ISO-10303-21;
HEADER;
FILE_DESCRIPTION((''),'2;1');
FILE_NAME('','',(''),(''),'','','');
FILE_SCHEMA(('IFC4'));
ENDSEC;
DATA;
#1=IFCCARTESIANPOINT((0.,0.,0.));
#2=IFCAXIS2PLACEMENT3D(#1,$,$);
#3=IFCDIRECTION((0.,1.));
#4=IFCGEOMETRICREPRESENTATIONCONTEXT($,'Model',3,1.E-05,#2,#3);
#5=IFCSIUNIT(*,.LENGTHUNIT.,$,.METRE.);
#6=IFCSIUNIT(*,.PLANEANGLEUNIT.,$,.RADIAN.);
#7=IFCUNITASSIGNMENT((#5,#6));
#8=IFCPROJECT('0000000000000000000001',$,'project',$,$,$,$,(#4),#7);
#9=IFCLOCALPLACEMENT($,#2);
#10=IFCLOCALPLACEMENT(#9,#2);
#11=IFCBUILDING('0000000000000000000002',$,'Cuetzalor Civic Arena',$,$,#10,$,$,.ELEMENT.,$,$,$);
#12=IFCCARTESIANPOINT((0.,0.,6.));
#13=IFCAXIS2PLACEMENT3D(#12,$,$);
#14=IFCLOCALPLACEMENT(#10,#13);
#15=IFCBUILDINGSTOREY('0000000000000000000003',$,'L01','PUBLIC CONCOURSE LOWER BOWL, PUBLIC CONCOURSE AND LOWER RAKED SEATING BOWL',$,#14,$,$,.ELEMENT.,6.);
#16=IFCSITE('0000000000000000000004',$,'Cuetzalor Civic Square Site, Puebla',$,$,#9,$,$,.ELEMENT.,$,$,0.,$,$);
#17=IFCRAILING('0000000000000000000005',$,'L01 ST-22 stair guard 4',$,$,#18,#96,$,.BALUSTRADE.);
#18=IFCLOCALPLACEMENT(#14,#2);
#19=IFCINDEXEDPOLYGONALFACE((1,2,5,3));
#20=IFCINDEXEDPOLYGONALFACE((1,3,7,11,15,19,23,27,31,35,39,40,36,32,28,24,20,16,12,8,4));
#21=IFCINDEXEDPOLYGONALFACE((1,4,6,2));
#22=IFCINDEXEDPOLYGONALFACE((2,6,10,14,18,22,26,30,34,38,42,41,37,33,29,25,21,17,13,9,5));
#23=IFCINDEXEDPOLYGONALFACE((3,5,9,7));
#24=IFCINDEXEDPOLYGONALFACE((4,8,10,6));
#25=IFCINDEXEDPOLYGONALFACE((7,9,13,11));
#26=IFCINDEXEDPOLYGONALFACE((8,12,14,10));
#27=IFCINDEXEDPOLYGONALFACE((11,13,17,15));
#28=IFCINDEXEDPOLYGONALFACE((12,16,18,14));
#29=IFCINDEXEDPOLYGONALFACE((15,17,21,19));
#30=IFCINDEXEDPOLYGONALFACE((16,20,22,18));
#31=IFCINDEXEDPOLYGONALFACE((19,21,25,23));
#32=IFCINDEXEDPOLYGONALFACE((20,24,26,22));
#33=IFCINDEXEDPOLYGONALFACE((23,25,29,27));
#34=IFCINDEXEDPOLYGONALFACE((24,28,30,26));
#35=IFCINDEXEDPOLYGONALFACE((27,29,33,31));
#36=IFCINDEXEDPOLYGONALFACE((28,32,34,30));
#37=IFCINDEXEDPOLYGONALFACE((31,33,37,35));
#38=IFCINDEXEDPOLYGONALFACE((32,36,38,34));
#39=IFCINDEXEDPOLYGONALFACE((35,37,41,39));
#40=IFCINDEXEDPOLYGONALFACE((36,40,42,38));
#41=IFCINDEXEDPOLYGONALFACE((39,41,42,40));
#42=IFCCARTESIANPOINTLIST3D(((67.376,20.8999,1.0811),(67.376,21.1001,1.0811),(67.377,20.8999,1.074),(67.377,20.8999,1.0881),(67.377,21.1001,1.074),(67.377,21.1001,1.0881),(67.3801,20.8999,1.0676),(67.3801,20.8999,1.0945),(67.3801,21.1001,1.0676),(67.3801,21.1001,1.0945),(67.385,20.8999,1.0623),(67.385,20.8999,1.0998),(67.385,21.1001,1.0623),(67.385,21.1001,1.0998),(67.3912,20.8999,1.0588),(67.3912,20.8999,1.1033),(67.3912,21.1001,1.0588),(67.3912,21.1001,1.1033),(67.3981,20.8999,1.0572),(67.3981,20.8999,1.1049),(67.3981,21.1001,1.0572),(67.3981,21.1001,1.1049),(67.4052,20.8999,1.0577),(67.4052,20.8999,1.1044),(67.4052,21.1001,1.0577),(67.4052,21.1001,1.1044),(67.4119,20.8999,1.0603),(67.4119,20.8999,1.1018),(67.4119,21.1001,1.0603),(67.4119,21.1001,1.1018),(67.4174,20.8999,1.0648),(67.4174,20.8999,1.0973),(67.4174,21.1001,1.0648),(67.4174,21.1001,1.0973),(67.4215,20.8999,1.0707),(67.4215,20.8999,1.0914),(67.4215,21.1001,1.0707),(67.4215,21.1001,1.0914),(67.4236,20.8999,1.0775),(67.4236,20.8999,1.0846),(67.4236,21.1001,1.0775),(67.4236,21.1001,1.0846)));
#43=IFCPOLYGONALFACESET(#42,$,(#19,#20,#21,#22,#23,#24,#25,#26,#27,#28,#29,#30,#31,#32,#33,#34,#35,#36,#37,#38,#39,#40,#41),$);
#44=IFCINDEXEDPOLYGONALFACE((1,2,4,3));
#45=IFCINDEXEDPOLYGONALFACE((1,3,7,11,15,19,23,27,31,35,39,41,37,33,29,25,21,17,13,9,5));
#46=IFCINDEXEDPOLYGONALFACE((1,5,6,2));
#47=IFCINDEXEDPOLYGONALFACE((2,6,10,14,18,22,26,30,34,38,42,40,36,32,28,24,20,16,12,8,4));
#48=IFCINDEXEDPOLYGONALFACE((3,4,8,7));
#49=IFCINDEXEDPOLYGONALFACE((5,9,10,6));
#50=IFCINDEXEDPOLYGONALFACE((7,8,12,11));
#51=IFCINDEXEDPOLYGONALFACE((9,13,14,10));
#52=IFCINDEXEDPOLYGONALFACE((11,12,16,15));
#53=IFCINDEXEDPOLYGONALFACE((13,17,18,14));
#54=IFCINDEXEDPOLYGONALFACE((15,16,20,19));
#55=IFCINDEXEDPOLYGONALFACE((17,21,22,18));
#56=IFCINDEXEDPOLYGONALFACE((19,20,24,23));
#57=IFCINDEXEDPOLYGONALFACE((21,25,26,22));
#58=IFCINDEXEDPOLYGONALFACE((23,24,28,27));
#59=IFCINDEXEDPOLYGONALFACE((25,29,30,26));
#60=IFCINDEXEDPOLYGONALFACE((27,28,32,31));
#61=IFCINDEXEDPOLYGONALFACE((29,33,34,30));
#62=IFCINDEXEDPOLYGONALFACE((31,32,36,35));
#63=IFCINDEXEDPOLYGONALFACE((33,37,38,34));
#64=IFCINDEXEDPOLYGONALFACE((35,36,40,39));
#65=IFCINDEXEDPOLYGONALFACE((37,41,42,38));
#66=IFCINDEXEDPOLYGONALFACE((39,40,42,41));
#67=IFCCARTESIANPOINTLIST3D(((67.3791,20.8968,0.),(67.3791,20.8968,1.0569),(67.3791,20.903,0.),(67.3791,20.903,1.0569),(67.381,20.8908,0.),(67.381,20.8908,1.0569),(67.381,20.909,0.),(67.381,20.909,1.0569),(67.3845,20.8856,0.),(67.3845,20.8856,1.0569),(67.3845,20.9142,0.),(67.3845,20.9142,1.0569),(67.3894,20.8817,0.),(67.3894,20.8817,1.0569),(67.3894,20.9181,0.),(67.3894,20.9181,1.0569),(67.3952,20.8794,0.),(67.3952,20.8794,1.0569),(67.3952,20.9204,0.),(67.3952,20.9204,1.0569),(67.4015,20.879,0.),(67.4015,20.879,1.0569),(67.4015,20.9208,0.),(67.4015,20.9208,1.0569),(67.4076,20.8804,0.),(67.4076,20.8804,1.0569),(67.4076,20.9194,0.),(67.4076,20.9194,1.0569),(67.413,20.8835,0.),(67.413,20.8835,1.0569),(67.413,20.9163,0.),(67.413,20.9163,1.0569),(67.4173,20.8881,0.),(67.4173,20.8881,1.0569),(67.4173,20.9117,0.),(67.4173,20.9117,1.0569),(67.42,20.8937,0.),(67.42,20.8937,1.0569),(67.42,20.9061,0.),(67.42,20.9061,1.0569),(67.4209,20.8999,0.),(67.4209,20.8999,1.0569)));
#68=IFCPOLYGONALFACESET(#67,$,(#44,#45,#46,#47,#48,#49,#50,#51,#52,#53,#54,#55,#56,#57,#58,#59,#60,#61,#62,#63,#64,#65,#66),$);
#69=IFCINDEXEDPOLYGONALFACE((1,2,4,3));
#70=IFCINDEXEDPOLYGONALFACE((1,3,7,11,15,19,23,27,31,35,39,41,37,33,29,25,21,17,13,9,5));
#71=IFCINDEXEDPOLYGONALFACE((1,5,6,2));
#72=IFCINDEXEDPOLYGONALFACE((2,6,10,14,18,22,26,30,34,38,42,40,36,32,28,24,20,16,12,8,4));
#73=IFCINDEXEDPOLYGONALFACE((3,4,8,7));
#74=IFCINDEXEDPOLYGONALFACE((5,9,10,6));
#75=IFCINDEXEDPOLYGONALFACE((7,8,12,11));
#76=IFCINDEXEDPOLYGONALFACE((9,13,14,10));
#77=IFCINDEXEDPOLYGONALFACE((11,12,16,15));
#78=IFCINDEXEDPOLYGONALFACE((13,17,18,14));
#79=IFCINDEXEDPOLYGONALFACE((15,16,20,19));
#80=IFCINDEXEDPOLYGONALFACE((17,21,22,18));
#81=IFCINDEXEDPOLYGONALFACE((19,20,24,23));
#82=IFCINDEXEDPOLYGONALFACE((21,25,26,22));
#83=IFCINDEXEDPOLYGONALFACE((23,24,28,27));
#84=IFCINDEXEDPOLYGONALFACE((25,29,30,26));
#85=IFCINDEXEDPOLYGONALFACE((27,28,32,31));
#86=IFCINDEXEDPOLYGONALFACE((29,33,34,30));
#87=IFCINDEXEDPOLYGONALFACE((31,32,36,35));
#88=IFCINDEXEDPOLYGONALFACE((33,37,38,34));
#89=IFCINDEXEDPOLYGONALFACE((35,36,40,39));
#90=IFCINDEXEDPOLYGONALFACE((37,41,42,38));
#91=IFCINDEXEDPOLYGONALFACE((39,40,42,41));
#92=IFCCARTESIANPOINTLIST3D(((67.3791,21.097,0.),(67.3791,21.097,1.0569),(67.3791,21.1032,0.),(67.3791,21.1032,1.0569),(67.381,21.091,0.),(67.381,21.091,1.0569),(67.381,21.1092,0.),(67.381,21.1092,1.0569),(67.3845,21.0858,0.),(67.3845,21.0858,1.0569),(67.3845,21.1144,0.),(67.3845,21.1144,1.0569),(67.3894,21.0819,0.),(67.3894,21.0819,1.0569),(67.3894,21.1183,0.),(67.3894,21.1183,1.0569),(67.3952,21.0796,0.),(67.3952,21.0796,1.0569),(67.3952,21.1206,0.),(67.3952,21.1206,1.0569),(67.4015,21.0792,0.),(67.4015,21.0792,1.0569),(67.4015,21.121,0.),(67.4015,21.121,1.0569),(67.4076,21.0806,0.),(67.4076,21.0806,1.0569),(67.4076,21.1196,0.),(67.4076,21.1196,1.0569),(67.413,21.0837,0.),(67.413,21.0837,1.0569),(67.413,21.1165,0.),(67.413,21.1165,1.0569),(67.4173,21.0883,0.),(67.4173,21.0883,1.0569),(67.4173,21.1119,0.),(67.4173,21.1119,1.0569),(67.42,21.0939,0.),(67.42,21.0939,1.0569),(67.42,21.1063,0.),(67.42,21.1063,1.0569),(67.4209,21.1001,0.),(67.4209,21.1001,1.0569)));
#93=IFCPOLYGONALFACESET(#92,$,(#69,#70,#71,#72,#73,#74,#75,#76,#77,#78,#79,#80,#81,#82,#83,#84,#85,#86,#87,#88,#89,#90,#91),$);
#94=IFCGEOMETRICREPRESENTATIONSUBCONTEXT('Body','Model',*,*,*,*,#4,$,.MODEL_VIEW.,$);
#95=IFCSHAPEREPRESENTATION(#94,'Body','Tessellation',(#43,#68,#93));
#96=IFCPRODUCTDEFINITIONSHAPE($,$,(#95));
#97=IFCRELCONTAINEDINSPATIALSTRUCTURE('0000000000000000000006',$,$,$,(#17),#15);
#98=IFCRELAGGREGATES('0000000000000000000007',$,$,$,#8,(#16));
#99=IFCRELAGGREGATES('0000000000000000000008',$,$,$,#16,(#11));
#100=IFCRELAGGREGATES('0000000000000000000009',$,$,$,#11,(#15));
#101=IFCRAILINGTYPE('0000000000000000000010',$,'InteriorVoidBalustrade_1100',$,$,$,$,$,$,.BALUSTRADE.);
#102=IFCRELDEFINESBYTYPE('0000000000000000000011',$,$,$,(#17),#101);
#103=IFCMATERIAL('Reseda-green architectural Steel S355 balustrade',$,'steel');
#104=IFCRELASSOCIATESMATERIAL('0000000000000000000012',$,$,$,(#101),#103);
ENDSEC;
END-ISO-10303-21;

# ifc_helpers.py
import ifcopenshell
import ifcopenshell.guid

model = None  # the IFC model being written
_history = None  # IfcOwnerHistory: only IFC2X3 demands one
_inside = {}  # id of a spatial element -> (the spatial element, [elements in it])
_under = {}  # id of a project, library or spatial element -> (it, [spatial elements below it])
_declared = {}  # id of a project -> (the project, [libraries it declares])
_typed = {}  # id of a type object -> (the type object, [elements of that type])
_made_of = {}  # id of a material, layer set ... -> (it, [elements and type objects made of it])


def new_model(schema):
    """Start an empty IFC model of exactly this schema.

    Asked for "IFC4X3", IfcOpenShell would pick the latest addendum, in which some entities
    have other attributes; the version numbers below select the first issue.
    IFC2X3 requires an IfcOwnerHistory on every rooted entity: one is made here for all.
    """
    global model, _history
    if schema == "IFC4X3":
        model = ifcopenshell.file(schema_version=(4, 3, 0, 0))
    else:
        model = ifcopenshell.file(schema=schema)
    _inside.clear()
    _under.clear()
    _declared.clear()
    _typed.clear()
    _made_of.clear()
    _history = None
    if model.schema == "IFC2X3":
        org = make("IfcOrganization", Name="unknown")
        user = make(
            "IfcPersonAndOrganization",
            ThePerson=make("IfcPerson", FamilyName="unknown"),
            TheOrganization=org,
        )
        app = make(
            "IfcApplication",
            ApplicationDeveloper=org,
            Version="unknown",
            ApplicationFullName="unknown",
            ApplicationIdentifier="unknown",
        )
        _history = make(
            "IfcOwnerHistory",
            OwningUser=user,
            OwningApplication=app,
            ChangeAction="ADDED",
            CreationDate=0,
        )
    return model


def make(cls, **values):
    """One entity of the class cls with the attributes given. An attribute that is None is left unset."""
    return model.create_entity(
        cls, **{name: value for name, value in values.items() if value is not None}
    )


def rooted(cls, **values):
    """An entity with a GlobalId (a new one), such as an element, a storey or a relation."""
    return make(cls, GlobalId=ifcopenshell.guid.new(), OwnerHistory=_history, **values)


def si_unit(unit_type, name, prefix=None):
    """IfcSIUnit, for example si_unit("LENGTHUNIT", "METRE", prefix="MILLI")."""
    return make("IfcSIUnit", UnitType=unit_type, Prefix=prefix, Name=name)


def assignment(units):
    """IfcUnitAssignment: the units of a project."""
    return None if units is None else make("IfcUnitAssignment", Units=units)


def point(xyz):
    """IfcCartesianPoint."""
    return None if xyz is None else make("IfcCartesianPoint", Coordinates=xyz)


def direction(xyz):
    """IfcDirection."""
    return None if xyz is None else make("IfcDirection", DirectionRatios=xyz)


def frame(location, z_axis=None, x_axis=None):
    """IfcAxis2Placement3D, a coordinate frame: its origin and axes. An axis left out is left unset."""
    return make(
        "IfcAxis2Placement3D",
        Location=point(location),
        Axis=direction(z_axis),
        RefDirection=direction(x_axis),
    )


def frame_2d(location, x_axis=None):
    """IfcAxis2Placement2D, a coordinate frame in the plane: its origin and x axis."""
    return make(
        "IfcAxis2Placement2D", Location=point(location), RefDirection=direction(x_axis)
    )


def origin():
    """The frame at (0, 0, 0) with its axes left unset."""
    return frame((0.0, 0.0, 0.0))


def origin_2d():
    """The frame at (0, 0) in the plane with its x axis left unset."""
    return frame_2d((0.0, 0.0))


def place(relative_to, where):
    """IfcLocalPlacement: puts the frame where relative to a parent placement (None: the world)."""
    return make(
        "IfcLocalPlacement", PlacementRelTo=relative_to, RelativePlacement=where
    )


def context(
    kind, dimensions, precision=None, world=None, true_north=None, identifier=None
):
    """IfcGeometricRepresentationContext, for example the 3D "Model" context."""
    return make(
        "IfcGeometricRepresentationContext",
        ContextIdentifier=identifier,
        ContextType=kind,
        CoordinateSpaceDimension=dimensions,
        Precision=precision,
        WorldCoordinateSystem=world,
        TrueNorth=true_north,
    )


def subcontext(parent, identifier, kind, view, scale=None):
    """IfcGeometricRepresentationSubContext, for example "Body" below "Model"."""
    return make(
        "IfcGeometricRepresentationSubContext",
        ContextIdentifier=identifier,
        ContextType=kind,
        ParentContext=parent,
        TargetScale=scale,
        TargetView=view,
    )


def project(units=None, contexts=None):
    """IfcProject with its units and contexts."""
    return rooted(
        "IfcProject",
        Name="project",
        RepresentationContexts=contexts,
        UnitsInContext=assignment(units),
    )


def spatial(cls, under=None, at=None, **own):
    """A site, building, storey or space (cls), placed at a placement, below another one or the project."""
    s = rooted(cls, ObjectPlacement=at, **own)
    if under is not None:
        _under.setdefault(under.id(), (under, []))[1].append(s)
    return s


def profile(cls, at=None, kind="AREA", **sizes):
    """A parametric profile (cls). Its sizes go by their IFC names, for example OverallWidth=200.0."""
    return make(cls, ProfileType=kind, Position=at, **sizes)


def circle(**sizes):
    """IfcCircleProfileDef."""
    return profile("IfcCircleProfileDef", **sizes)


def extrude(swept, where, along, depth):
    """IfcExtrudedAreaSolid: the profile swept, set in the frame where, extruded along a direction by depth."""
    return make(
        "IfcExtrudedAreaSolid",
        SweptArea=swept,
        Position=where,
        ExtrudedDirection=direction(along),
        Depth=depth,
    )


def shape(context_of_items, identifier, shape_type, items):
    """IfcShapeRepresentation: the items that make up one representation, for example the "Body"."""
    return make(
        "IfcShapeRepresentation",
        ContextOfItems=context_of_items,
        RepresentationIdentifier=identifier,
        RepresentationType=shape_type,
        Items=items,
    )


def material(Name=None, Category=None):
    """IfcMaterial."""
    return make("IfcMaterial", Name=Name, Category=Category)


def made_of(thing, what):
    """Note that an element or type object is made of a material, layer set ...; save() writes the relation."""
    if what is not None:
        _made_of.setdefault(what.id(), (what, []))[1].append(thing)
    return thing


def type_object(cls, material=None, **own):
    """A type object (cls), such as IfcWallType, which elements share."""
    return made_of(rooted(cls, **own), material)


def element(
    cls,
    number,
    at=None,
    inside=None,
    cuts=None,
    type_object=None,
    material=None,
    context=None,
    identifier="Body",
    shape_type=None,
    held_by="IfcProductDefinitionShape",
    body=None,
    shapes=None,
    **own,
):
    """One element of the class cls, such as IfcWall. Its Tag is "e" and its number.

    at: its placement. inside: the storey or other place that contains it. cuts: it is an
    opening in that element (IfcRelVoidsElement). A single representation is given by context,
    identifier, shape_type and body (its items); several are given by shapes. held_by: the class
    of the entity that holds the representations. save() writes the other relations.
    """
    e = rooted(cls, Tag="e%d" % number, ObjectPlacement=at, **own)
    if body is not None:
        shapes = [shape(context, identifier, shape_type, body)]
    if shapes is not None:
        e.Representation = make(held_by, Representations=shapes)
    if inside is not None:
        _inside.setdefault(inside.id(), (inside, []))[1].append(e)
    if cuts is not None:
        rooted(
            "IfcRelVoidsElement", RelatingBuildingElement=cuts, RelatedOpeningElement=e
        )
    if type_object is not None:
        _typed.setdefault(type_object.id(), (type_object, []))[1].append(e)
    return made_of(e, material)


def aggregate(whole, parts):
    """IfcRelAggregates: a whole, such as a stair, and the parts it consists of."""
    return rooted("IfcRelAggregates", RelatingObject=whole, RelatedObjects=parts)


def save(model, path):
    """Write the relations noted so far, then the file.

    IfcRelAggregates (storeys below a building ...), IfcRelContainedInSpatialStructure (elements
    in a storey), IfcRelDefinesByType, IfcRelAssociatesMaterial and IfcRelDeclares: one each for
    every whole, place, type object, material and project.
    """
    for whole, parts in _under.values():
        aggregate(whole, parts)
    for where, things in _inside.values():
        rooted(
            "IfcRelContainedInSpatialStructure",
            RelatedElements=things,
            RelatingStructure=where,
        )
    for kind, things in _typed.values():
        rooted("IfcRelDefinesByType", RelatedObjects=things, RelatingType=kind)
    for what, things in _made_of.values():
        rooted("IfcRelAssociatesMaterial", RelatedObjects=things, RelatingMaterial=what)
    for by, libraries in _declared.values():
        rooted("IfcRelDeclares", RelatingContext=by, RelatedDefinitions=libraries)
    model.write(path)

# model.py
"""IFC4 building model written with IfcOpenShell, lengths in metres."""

from ifc_helpers import new_model, si_unit, direction, frame, origin, origin_2d, place, context, subcontext, project, spatial, circle, extrude, material, type_object, element, save


model = new_model("IFC4")

# Units and contexts
model_context = context("Model", 3, precision=1e-05, world=origin(), true_north=direction((0.0, 1.0)))
body_context = subcontext(model_context, "Body", "Model", "MODEL_VIEW")
ifc_project = project(units=[si_unit("LENGTHUNIT", "METRE"), si_unit("PLANEANGLEUNIT", "RADIAN")], contexts=[model_context])

# Site, building, storey
site_placement = place(None, origin())
site = spatial("IfcSite", under=ifc_project, at=site_placement, Name="Cuetzalor Civic Square Site, Puebla", CompositionType="ELEMENT", RefElevation=0.0)
building_placement = place(site_placement, origin())
building = spatial("IfcBuilding", under=site, at=building_placement, Name="Cuetzalor Civic Arena", CompositionType="ELEMENT")
storey_placement = place(building_placement, frame((0.0, 0.0, 6.0)))
storey = spatial("IfcBuildingStorey", under=building, at=storey_placement, Name="L01", Description="PUBLIC CONCOURSE LOWER BOWL, PUBLIC CONCOURSE AND LOWER RAKED SEATING BOWL", CompositionType="ELEMENT", Elevation=6.0)

# Railing
ifc_material_1 = material(Name="Reseda-green architectural Steel S355 balustrade", Category="steel")
railing_type_1 = type_object("IfcRailingType", Name="InteriorVoidBalustrade_1100", PredefinedType="BALUSTRADE", material=ifc_material_1)
railing_1_placement = place(storey_placement, frame((67.3999, 20.8999, 0.0)))
element("IfcRailing", 1, at=railing_1_placement, inside=storey, type_object=railing_type_1, Name="L01 ST-22 stair guard 4", PredefinedType="BALUSTRADE", context=body_context, shape_type="SweptSolid", body=[
    extrude(circle(Radius=0.0239, at=origin_2d()), frame((0.0, 0.0, 1.0811), z_axis=(0.0, 1.0, 0.0), x_axis=(-1.0, 0.0, 0.0)), (0.0, 0.0, 1.0), 0.2002),
    extrude(circle(Radius=0.021, at=origin_2d()), origin(), (0.0, 0.0, 1.0), 1.0569),
    extrude(circle(Radius=0.021, at=origin_2d()), frame((0.0, 0.2002, 0.0)), (0.0, 0.0, 1.0), 1.0569),
])

save(model, "model.ifc")
